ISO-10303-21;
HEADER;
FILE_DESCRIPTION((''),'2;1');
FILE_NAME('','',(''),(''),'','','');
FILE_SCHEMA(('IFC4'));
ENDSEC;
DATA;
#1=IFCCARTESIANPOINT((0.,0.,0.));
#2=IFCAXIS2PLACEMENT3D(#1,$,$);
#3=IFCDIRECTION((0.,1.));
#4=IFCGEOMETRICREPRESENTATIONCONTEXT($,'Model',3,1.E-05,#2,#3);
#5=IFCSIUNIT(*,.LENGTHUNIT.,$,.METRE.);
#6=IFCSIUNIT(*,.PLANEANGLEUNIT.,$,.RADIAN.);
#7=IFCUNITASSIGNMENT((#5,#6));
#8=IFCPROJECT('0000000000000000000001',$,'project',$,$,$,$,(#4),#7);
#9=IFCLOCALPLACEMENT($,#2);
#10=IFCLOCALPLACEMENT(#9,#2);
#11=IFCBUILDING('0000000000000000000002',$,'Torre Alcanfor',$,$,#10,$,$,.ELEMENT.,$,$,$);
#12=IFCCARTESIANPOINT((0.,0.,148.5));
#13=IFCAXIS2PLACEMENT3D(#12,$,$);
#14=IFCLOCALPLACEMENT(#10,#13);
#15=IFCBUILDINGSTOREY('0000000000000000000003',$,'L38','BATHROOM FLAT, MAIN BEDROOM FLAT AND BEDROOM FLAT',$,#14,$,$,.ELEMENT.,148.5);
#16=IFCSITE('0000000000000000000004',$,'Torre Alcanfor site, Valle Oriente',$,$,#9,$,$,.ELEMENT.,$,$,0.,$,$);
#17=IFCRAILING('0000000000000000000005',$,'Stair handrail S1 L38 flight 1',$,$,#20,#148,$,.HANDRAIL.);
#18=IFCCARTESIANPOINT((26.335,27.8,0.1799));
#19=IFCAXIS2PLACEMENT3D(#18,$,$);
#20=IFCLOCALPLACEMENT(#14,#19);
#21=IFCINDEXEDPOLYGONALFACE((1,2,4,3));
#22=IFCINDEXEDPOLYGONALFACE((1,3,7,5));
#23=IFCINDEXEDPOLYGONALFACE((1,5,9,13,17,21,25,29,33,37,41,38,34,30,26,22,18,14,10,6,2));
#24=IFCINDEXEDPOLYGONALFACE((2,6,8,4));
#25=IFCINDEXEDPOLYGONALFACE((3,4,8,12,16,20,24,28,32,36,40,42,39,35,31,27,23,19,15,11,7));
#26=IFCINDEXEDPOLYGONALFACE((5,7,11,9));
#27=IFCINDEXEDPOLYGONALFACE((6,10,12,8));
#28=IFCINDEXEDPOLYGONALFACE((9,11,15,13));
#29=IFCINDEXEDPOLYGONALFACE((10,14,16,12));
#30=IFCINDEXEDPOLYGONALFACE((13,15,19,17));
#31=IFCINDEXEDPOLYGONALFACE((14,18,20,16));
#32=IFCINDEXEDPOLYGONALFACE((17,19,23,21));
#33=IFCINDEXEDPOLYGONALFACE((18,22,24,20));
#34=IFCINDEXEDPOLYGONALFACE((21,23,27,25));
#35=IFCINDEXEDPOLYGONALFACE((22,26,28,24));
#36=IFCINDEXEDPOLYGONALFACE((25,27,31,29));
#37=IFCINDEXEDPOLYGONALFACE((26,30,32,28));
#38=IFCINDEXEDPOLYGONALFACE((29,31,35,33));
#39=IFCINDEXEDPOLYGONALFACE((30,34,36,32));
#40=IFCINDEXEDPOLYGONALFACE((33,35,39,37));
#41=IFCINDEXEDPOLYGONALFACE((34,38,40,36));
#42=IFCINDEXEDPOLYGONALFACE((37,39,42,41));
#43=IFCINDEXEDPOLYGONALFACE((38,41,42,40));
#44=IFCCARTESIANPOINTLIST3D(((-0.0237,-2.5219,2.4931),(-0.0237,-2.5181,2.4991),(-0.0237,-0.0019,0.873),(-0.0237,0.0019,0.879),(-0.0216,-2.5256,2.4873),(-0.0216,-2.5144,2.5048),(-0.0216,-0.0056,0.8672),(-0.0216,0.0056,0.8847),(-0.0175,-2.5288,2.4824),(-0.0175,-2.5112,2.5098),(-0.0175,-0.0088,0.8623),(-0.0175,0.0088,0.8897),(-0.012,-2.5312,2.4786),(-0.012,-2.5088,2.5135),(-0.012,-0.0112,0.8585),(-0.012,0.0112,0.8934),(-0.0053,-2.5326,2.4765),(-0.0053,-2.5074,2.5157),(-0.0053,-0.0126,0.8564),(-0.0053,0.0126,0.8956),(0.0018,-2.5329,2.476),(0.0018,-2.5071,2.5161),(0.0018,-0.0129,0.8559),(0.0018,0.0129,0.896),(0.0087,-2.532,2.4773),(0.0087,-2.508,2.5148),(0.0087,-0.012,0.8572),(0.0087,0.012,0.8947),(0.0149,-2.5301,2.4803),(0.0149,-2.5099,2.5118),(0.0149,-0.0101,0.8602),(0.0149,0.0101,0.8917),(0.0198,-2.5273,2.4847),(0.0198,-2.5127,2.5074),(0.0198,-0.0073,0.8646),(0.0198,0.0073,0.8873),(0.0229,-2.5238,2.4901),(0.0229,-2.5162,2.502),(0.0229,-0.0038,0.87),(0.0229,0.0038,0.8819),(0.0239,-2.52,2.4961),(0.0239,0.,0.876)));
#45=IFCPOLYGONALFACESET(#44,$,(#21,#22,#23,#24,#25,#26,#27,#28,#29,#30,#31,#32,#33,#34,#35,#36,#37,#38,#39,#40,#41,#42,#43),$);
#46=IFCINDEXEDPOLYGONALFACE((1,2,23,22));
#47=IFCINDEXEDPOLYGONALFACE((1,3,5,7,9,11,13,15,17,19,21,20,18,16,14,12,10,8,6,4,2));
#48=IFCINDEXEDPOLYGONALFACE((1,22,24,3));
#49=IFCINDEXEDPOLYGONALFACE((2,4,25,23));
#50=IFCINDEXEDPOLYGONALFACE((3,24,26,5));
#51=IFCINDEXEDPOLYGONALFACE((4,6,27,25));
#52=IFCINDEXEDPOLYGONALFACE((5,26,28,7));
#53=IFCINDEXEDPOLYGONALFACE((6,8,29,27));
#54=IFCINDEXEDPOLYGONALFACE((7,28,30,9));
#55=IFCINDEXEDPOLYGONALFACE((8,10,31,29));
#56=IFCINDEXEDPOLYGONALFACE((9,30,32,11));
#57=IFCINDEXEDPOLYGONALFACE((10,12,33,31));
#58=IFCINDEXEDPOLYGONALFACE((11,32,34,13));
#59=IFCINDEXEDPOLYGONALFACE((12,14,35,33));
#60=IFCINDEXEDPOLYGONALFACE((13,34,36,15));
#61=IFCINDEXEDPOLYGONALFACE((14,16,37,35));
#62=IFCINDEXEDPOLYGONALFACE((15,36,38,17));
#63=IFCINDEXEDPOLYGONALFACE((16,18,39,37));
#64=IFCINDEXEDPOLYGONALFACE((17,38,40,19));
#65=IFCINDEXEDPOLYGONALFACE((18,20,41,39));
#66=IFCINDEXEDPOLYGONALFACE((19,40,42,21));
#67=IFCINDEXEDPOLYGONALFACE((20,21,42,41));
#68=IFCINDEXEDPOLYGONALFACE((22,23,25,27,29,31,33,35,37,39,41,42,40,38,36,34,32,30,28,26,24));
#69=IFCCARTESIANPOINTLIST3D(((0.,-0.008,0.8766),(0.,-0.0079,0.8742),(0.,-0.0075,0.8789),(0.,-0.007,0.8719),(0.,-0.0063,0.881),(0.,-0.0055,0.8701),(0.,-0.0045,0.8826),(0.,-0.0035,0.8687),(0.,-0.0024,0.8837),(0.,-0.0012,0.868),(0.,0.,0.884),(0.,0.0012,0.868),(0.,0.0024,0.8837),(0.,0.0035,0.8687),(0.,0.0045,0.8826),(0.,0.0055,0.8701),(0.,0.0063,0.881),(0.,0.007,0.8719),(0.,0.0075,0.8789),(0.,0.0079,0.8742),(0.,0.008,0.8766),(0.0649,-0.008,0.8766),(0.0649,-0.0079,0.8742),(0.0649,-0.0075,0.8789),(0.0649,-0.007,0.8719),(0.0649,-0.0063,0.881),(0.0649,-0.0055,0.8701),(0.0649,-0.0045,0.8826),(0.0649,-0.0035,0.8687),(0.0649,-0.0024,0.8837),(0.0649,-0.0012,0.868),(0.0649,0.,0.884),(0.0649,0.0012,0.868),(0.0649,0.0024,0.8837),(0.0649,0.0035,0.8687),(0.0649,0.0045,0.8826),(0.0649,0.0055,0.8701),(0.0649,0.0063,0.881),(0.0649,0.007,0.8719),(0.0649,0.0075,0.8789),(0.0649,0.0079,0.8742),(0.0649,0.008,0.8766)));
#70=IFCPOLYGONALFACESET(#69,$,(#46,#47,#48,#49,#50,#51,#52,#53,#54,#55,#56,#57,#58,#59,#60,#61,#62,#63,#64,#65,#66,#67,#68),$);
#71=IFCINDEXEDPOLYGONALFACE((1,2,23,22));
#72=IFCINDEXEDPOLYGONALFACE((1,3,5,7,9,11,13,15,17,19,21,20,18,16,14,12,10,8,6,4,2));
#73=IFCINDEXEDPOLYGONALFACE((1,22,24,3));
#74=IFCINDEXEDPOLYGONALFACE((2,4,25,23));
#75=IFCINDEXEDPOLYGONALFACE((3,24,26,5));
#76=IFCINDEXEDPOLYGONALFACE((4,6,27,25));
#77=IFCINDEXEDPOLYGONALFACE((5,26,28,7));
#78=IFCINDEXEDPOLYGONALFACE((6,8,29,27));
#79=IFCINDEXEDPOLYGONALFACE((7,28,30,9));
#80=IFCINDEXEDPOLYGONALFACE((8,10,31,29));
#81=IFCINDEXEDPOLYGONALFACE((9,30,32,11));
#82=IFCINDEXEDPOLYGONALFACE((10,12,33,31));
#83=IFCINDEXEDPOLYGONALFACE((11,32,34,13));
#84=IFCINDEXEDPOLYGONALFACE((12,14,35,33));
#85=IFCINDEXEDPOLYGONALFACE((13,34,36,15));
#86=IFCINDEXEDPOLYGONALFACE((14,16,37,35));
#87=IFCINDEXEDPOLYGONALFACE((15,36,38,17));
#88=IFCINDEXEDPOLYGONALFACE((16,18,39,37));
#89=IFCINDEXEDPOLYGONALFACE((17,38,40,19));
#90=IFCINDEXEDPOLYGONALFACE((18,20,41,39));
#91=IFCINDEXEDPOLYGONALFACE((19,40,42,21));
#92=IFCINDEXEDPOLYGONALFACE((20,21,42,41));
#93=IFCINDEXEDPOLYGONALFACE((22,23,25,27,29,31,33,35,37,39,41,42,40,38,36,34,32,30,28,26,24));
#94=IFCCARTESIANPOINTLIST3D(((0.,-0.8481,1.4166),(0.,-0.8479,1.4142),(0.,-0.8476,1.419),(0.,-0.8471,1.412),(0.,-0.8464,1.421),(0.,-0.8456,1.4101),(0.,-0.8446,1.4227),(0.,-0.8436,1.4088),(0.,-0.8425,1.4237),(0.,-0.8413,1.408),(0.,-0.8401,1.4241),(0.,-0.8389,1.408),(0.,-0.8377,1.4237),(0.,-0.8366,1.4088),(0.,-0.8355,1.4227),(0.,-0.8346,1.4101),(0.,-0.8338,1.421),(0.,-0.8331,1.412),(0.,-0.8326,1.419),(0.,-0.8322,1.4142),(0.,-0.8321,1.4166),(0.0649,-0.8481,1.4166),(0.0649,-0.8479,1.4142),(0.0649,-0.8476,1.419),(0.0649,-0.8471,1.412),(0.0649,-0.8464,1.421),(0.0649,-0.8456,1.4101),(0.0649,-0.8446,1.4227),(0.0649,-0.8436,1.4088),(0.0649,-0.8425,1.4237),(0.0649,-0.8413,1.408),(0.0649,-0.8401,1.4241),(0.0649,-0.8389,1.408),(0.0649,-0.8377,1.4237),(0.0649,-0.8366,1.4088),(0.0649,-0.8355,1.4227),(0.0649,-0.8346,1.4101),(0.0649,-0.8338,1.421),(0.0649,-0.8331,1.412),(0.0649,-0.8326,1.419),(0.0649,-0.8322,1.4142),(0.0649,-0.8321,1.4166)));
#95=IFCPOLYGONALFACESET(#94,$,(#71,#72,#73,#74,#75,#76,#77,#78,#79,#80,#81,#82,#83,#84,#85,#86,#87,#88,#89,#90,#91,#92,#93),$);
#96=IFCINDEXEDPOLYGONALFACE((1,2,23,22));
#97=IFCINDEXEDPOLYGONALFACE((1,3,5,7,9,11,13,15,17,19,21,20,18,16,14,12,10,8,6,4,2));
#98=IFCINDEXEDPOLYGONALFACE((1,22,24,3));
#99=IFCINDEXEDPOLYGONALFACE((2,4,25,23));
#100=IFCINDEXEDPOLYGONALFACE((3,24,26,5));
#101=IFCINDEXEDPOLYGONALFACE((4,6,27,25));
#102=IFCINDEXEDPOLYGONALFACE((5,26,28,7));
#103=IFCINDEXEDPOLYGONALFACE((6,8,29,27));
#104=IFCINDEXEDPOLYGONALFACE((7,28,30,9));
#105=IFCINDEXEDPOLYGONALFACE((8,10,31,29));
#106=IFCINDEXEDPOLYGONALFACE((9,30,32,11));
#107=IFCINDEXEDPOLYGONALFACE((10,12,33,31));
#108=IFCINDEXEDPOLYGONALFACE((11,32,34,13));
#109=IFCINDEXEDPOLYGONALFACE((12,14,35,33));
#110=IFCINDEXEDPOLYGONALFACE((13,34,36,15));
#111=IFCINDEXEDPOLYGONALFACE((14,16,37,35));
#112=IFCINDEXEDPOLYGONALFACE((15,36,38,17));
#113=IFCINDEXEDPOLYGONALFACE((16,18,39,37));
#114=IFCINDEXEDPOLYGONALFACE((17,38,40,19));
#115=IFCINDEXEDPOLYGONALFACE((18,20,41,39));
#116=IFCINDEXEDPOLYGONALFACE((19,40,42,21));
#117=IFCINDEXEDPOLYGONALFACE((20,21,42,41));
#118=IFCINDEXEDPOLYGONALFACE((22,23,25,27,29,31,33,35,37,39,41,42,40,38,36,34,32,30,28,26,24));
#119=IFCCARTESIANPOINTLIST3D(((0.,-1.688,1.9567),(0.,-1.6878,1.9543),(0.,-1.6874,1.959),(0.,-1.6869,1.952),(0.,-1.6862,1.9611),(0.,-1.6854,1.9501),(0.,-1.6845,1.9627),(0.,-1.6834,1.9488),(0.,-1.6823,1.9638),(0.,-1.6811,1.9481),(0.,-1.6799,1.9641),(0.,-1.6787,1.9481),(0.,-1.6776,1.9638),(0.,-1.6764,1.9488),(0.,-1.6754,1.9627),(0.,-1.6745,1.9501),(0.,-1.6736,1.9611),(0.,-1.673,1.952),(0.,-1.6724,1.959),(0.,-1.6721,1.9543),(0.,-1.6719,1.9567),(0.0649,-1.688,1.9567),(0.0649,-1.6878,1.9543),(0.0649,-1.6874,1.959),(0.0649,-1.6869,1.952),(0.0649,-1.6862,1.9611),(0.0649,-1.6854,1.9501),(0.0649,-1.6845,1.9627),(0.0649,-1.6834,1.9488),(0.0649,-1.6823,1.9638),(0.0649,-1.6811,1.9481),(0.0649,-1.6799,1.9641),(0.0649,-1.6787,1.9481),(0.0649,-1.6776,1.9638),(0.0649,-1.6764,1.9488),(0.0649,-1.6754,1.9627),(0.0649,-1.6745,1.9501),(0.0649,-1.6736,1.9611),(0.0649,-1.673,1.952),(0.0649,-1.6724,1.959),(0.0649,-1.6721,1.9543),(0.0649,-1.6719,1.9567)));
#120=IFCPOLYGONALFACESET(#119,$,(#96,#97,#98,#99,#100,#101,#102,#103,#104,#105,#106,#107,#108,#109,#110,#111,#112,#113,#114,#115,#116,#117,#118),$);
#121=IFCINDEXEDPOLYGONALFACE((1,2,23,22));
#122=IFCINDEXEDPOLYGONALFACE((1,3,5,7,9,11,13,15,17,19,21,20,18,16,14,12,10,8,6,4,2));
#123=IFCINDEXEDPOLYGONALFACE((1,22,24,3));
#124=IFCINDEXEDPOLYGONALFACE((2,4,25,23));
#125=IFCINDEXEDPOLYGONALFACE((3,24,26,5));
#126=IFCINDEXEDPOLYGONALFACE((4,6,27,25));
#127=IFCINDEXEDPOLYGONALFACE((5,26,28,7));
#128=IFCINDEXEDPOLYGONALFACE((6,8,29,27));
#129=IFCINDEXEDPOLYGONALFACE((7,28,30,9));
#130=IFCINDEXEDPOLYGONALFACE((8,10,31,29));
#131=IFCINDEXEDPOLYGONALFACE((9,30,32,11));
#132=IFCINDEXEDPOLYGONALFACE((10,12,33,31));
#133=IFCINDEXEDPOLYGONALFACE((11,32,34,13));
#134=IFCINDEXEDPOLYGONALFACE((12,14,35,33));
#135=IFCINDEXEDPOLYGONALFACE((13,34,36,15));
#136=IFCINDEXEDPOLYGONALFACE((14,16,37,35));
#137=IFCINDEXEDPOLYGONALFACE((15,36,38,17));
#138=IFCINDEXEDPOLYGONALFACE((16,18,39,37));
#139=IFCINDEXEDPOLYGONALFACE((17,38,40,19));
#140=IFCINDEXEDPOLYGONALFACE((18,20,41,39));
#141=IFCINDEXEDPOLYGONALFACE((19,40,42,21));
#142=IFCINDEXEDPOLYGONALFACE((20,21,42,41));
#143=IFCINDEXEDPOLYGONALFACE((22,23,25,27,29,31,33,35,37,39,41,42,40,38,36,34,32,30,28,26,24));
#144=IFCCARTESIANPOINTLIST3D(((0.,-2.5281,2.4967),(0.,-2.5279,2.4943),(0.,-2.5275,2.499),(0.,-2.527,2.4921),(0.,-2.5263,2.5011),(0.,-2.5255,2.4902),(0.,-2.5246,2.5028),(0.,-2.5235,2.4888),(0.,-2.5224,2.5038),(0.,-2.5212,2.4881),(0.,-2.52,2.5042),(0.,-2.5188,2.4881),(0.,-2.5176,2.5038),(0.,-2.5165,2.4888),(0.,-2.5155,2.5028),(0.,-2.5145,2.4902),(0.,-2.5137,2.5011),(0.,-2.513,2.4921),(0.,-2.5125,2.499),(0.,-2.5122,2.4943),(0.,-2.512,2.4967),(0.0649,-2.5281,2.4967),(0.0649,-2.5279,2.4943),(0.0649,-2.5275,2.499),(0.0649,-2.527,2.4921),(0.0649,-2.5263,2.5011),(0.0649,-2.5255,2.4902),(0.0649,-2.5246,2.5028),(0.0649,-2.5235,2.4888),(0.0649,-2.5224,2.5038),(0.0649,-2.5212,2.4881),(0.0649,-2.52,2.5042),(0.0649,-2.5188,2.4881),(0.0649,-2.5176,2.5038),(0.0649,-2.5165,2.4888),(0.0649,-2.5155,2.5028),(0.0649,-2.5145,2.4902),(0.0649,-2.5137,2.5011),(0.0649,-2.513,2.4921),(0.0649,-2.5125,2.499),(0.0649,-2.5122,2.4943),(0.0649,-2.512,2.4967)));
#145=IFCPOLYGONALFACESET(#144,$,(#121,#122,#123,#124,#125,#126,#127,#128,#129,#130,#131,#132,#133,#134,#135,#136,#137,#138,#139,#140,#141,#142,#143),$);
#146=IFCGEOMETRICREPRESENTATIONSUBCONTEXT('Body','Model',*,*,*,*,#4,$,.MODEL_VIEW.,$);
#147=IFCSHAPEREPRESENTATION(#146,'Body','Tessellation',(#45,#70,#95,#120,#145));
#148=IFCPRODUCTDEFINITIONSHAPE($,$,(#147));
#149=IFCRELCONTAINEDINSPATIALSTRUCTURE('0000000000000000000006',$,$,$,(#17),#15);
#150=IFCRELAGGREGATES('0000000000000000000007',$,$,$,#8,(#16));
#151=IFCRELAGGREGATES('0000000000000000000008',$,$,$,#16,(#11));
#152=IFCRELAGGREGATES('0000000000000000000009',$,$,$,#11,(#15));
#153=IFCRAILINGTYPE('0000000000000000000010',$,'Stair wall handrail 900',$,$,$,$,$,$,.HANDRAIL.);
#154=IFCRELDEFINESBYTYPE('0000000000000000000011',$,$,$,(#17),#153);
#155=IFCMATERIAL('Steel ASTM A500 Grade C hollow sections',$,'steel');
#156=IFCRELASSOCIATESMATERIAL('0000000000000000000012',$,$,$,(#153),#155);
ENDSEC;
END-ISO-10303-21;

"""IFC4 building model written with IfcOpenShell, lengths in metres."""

from ifc_helpers import new_model, si_unit, direction, frame, origin, origin_2d, place, context, subcontext, project, spatial, circle, extrude, material, type_object, element, save


model = new_model("IFC4")

# Units and contexts
model_context = context("Model", 3, precision=1e-05, world=origin(), true_north=direction((0.0, 1.0)))
body_context = subcontext(model_context, "Body", "Model", "MODEL_VIEW")
ifc_project = project(units=[si_unit("LENGTHUNIT", "METRE"), si_unit("PLANEANGLEUNIT", "RADIAN")], contexts=[model_context])

# Site, building, storey
site_placement = place(None, origin())
site = spatial("IfcSite", under=ifc_project, at=site_placement, Name="Torre Alcanfor site, Valle Oriente", CompositionType="ELEMENT", RefElevation=0.0)
building_placement = place(site_placement, origin())
building = spatial("IfcBuilding", under=site, at=building_placement, Name="Torre Alcanfor", CompositionType="ELEMENT")
storey_placement = place(building_placement, frame((0.0, 0.0, 148.5)))
storey = spatial("IfcBuildingStorey", under=building, at=storey_placement, Name="L38", Description="BATHROOM FLAT, MAIN BEDROOM FLAT AND BEDROOM FLAT", CompositionType="ELEMENT", Elevation=148.5)

# Railing
ifc_material_1 = material(Name="Steel ASTM A500 Grade C hollow sections", Category="steel")
railing_type_1 = type_object("IfcRailingType", Name="Stair wall handrail 900", PredefinedType="HANDRAIL", material=ifc_material_1)
railing_1_placement = place(storey_placement, frame((26.335, 27.8, 0.1799)))
element("IfcRailing", 1, at=railing_1_placement, inside=storey, type_object=railing_type_1, Name="Stair handrail S1 L38 flight 1", PredefinedType="HANDRAIL", context=body_context, shape_type="SweptSolid", body=[
    extrude(circle(Radius=0.0239, at=origin_2d()), frame((0.0, 0.0, 0.876), z_axis=(0.0, -0.841163, 0.540782), x_axis=(1.0, 0.0, 0.0)), (0.0, 0.0, 1.0), 2.9958),
    extrude(circle(Radius=0.0081, at=origin_2d()), frame((0.0, 0.0, 0.876), z_axis=(1.0, 0.0, 0.0), x_axis=(0.0, 0.0, 1.0)), (0.0, 0.0, 1.0), 0.0649),
    extrude(circle(Radius=0.0081, at=origin_2d()), frame((0.0, -0.8401, 1.416), z_axis=(1.0, 0.0, 0.0), x_axis=(0.0, 0.0, 1.0)), (0.0, 0.0, 1.0), 0.0649),
    extrude(circle(Radius=0.0081, at=origin_2d()), frame((0.0, -1.6799, 1.9561), z_axis=(1.0, 0.0, 0.0), x_axis=(0.0, 0.0, 1.0)), (0.0, 0.0, 1.0), 0.0649),
    extrude(circle(Radius=0.0081, at=origin_2d()), frame((0.0, -2.52, 2.4961), z_axis=(1.0, 0.0, 0.0), x_axis=(0.0, 0.0, 1.0)), (0.0, 0.0, 1.0), 0.0649),
])

save(model, "model.ifc")
